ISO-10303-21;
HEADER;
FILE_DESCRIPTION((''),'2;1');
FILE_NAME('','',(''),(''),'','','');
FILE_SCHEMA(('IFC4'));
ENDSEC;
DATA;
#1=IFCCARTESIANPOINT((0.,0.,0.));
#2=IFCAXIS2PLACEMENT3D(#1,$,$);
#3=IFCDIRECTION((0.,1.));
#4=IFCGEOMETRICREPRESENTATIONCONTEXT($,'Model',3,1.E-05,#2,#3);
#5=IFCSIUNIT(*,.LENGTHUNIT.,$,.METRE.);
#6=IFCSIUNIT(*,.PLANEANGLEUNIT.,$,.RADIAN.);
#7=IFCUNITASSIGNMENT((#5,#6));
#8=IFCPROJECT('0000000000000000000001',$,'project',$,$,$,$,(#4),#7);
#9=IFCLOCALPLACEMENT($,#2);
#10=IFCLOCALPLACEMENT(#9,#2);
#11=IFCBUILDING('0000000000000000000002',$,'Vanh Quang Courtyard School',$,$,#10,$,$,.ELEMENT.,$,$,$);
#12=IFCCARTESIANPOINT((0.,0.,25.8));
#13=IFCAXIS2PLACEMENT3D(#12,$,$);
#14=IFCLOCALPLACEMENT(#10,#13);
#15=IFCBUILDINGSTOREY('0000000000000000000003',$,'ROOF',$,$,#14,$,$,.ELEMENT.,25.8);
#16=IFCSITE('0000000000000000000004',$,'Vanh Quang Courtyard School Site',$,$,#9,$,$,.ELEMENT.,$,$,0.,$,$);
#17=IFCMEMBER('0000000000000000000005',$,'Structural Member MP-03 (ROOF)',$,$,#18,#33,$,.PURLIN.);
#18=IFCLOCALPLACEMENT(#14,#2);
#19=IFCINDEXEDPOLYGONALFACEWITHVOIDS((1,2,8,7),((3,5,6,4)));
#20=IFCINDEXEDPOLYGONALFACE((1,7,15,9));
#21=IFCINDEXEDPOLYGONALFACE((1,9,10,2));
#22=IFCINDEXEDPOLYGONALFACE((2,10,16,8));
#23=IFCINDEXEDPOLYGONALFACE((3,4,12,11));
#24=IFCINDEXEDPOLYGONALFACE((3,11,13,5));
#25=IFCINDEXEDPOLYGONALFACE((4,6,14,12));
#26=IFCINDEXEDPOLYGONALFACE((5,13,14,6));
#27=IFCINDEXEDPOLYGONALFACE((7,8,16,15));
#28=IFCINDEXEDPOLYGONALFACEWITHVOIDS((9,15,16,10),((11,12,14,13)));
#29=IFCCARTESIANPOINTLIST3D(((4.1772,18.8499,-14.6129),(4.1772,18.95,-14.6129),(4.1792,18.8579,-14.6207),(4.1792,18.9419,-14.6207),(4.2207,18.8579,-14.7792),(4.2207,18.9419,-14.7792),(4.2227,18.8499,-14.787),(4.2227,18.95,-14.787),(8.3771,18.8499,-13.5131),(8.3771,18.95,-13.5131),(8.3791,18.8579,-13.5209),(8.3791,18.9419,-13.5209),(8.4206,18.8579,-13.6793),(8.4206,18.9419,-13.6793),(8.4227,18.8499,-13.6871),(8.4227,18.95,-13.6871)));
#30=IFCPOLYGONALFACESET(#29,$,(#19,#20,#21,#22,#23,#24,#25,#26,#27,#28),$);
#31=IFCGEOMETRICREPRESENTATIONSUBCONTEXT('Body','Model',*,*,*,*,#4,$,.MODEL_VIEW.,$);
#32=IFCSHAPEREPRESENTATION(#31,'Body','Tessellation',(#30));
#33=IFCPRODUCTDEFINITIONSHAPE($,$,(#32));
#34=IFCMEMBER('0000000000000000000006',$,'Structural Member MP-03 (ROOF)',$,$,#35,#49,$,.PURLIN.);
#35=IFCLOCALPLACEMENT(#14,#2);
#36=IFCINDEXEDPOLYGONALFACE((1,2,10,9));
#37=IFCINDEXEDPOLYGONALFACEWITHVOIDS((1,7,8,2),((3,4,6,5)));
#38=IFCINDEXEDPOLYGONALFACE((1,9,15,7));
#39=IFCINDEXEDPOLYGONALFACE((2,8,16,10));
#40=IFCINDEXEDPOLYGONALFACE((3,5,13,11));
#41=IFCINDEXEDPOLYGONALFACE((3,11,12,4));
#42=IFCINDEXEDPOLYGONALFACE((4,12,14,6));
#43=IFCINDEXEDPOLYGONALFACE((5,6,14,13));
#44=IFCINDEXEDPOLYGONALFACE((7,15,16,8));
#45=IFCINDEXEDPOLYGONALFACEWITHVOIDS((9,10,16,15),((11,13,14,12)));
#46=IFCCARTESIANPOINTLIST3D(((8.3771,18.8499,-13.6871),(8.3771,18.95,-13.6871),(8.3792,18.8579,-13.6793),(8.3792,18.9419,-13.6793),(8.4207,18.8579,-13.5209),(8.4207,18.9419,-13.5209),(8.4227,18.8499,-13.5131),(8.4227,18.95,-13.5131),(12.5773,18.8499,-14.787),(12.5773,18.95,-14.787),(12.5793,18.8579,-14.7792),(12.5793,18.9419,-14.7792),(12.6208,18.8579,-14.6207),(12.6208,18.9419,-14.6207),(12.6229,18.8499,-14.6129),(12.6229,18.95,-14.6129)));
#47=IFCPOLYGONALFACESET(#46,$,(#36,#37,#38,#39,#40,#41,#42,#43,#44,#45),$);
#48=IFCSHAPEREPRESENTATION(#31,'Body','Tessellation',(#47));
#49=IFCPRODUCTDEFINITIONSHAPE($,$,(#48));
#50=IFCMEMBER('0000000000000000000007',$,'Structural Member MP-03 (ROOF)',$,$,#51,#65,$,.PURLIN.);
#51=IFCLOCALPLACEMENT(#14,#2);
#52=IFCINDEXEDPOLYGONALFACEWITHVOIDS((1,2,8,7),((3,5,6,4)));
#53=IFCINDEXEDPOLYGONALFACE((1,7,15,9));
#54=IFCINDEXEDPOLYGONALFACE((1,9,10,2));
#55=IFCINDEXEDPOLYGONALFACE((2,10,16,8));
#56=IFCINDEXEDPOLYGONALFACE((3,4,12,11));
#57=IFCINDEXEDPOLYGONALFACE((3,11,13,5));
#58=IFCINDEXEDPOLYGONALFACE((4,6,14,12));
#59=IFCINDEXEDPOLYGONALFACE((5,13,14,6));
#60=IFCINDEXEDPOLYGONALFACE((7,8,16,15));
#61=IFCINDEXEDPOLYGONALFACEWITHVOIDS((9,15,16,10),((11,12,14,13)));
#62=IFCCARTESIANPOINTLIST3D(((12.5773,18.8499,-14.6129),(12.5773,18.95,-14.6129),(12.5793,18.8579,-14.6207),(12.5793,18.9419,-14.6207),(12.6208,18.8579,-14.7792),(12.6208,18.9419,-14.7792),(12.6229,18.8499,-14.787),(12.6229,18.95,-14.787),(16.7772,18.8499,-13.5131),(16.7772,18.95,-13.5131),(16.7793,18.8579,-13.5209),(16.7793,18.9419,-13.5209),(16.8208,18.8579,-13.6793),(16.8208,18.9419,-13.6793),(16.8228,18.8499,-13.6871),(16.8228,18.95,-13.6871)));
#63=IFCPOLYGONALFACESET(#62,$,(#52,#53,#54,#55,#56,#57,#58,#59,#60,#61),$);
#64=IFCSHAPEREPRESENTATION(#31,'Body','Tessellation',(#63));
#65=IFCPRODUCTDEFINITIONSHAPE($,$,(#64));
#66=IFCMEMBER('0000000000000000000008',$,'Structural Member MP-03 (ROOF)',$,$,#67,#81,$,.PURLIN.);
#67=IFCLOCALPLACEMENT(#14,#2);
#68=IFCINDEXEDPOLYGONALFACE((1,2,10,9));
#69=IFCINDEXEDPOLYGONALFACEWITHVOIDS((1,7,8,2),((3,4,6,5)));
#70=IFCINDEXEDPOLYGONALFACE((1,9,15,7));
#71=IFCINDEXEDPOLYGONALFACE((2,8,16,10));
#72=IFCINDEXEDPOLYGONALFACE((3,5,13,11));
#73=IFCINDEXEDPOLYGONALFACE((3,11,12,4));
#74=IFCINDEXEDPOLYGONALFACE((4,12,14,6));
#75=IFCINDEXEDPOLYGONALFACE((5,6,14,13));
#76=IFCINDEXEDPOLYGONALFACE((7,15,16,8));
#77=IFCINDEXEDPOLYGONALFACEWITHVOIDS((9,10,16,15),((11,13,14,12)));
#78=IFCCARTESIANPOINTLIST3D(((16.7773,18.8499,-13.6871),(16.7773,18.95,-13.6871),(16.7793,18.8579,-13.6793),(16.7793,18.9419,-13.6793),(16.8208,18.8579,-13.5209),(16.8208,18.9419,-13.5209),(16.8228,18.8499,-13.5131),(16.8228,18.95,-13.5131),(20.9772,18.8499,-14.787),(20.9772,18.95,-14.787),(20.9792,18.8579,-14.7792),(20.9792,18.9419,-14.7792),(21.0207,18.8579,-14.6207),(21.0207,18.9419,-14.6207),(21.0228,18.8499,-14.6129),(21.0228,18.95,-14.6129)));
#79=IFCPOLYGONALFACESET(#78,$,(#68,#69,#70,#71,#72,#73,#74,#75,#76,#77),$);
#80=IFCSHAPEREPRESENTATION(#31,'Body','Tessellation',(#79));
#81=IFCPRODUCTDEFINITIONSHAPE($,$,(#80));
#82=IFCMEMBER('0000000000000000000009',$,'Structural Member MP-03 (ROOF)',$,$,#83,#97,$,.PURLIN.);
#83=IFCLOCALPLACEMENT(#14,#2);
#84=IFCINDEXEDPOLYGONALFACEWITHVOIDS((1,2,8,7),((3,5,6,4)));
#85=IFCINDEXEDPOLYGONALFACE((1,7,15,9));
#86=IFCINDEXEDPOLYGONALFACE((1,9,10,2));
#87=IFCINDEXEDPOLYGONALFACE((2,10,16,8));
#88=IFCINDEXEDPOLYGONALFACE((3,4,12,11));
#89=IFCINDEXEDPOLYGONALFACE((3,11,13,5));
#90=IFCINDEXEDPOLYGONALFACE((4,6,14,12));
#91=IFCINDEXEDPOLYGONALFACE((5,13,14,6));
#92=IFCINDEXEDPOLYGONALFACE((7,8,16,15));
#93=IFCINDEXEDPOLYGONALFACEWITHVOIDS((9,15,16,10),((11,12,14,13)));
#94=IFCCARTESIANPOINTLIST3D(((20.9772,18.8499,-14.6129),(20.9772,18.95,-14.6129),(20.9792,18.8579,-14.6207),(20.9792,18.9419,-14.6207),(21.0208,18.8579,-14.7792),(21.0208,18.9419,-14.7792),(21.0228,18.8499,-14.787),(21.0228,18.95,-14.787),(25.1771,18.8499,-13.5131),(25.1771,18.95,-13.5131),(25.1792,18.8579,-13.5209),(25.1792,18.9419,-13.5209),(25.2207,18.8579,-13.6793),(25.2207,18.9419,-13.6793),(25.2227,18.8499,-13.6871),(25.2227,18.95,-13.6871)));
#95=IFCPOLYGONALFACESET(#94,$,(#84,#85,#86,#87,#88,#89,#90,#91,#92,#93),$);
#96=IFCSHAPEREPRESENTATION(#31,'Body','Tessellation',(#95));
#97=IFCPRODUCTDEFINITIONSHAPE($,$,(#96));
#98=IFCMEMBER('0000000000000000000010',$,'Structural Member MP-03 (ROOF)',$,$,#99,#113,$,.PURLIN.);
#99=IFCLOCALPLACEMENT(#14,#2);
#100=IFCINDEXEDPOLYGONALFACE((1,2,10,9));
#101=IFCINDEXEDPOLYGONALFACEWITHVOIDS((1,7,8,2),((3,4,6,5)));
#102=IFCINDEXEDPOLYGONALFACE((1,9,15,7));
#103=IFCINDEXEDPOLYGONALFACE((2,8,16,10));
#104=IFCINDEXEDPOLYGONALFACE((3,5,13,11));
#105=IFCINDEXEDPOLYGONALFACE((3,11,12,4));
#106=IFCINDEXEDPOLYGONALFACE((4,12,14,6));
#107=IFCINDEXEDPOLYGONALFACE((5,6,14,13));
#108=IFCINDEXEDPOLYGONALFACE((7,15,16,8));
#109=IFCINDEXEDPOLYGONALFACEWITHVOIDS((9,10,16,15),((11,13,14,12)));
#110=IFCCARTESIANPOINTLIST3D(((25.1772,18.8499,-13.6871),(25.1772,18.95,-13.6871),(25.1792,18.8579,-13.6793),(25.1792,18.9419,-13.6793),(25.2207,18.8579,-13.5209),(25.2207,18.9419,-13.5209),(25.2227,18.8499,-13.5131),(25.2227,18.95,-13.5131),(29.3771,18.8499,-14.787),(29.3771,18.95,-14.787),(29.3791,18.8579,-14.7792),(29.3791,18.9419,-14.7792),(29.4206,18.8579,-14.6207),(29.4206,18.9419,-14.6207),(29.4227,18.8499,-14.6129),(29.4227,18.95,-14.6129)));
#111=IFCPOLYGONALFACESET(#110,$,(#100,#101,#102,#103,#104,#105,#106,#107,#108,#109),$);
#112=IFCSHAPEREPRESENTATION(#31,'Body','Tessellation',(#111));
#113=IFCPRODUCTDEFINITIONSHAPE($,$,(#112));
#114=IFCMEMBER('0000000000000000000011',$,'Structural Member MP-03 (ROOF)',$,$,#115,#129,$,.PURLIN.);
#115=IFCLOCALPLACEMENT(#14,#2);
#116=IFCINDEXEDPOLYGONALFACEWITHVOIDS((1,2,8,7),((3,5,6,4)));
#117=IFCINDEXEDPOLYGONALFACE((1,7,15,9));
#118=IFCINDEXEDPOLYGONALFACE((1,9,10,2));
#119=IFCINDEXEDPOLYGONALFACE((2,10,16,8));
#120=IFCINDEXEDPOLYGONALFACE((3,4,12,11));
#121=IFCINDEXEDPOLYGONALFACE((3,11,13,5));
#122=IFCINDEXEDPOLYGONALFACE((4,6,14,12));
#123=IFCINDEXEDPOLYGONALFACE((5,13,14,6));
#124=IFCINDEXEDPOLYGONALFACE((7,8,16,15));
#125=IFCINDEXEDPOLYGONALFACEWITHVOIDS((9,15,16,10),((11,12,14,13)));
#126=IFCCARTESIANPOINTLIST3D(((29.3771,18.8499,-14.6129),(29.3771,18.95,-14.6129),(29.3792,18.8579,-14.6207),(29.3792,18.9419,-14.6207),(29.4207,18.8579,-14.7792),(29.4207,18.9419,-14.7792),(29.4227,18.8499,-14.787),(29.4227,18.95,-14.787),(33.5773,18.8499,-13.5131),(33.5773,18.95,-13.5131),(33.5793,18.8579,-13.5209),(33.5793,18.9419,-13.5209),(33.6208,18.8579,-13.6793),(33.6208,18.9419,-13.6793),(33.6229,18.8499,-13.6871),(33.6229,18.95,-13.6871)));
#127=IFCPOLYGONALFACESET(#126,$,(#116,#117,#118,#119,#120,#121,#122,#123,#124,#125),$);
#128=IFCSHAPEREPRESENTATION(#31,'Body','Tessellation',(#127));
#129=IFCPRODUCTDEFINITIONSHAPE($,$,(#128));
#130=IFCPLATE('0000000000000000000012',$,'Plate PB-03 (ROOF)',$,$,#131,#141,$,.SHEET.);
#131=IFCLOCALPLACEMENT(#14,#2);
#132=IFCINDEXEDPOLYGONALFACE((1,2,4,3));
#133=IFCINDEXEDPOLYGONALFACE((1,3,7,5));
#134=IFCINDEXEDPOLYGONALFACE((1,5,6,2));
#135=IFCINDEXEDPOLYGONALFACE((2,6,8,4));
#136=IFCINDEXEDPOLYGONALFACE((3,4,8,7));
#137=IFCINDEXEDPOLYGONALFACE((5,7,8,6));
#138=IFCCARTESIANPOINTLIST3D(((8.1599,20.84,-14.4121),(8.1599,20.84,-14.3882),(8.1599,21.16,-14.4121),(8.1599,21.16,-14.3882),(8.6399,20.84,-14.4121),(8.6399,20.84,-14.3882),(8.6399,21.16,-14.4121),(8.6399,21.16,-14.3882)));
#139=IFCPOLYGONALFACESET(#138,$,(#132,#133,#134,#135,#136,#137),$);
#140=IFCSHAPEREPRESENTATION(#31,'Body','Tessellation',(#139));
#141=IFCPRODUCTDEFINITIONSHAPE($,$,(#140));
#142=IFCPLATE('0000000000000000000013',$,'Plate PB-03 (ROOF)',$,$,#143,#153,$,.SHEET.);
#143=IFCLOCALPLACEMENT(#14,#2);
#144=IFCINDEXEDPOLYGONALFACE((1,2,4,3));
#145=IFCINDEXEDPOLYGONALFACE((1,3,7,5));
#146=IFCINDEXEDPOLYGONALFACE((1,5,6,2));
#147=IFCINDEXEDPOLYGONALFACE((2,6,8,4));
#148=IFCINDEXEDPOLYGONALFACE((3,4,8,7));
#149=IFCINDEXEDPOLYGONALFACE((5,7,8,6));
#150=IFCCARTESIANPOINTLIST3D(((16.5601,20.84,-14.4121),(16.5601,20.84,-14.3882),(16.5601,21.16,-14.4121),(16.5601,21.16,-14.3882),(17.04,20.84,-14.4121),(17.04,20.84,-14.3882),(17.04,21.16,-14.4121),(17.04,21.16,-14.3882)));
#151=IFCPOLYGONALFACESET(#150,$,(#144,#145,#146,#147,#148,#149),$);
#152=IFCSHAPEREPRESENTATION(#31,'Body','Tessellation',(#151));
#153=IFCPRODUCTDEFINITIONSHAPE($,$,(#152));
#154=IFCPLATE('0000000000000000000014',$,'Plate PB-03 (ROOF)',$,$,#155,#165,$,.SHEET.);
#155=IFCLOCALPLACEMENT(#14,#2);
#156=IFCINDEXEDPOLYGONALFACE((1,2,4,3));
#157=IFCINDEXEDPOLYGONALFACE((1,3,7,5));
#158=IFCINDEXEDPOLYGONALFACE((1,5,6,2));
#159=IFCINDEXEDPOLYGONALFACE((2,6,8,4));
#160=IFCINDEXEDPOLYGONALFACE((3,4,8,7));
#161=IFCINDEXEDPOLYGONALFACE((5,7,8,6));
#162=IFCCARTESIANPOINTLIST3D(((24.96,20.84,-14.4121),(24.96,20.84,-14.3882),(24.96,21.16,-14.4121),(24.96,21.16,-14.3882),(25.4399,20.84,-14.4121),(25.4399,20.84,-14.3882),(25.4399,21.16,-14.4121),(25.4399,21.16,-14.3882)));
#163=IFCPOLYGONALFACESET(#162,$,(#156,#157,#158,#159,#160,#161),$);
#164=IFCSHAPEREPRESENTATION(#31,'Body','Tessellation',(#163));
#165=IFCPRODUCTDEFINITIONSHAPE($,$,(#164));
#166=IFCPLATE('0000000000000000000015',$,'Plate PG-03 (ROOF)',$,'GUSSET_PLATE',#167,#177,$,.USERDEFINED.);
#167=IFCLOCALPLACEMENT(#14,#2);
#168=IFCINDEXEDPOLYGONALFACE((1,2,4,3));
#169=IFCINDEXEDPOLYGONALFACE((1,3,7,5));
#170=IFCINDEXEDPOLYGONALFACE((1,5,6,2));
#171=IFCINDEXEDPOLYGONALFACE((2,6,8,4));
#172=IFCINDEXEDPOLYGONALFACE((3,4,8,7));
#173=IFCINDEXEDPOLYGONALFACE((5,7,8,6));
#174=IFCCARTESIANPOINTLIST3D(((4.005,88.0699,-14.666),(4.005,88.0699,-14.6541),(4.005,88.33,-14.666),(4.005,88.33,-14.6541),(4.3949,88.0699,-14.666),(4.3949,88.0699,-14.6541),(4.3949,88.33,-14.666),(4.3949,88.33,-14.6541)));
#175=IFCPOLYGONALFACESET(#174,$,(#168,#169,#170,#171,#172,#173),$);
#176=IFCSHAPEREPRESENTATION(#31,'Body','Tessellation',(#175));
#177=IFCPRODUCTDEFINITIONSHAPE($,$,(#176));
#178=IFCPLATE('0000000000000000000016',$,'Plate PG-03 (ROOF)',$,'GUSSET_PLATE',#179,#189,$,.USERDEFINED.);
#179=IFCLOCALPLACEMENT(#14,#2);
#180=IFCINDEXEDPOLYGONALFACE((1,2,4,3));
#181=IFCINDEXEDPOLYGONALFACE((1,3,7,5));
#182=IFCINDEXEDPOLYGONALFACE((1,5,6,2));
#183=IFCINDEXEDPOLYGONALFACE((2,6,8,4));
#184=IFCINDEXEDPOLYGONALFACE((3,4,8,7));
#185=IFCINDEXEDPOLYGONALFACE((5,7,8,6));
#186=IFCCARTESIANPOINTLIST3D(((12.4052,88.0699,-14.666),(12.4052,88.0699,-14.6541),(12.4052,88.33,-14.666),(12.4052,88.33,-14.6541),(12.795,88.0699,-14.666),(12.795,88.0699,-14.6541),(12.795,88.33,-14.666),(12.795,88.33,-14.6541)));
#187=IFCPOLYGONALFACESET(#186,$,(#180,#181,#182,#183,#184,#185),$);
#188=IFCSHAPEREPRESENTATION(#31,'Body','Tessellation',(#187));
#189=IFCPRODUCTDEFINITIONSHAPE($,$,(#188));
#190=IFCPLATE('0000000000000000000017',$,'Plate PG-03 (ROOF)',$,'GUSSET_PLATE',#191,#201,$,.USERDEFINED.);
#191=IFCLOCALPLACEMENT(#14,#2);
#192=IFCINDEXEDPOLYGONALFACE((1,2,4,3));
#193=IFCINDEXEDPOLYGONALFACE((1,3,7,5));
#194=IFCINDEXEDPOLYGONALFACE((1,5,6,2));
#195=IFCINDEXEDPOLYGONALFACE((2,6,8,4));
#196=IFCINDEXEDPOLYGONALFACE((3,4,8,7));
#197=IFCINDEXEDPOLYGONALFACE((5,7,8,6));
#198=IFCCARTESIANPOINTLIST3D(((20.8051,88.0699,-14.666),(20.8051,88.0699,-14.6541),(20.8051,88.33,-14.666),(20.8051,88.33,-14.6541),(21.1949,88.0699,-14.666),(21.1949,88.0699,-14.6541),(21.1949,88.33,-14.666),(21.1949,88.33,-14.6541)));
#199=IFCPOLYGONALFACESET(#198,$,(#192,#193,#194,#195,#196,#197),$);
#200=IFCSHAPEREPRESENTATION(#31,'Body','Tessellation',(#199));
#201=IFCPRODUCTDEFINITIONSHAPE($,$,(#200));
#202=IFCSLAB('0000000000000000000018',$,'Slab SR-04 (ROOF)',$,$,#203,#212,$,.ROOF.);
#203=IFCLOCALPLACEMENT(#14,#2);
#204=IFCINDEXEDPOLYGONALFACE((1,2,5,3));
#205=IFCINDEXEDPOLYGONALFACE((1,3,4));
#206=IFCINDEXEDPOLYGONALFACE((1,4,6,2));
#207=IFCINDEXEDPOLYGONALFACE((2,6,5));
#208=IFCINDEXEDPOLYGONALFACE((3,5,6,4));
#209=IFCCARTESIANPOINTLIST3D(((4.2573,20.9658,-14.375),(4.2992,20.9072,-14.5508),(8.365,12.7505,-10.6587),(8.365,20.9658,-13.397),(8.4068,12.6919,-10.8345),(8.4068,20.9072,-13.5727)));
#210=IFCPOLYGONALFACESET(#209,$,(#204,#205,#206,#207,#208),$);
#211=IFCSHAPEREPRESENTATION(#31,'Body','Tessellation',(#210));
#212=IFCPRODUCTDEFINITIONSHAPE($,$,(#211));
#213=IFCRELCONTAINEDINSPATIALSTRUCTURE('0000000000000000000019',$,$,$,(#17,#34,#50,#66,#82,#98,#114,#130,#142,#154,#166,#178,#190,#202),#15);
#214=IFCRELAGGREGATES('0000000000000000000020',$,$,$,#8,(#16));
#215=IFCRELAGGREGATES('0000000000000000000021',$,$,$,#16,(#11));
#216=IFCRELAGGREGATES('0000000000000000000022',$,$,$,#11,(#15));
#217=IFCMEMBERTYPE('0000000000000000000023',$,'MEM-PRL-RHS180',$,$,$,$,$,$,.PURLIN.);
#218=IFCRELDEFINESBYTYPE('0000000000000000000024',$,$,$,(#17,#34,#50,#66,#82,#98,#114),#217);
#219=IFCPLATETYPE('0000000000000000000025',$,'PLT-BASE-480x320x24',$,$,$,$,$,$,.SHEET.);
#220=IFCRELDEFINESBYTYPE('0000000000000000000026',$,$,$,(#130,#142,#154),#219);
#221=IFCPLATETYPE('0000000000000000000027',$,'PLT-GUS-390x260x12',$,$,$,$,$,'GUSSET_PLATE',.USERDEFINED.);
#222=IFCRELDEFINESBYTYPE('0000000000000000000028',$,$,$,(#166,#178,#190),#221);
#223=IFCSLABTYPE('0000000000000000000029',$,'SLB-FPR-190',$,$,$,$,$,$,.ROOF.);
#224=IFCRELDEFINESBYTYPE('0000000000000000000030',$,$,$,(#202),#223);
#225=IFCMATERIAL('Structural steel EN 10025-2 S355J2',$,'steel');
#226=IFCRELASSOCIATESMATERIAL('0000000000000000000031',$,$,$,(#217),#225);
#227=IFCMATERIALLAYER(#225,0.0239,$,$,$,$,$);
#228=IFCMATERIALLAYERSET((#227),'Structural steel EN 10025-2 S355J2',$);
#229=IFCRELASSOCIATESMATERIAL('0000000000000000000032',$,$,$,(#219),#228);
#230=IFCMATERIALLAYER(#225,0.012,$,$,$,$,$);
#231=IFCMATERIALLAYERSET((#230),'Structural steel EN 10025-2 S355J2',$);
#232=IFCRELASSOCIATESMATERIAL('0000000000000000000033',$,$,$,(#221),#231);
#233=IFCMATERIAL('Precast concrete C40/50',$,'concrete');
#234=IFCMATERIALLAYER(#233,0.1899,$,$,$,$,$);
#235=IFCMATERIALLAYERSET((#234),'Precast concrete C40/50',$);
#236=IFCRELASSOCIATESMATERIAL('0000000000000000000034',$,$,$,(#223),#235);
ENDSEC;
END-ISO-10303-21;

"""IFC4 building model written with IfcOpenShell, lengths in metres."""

from ifc_helpers import new_model, si_unit, direction, frame, origin, origin_2d, place, context, subcontext, project, spatial, polyline, rectangle, hollow_rectangle, outline, extrude, material, layer, layer_set, material_profile, profile_set, type_object, element, save


model = new_model("IFC4")

# Units and contexts
model_context = context("Model", 3, precision=1e-05, world=origin(), true_north=direction((0.0, 1.0)))
body_context = subcontext(model_context, "Body", "Model", "MODEL_VIEW")
ifc_project = project(units=[si_unit("LENGTHUNIT", "METRE"), si_unit("PLANEANGLEUNIT", "RADIAN")], contexts=[model_context])

# Site, building, storey
site_placement = place(None, origin())
site = spatial("IfcSite", under=ifc_project, at=site_placement, Name="Vanh Quang Courtyard School Site", CompositionType="ELEMENT", RefElevation=0.0)
building_placement = place(site_placement, origin())
building = spatial("IfcBuilding", under=site, at=building_placement, Name="Vanh Quang Courtyard School", CompositionType="ELEMENT")
storey_placement = place(building_placement, frame((0.0, 0.0, 25.8)))
storey = spatial("IfcBuildingStorey", under=building, at=storey_placement, Name="ROOF", CompositionType="ELEMENT", Elevation=25.8)

# Members
ifc_material_1 = material(Name="Structural steel EN 10025-2 S355J2", Category="steel")
ifc_material_profile_1 = material_profile(ifc_material_1, hollow_rectangle(XDim=0.1001, YDim=0.1799, WallThickness=0.0081, at=origin_2d()), Name="RHS 180x100x8")
ifc_profile_set_1 = profile_set([ifc_material_profile_1], Name="Structural steel EN 10025-2 S355J2")
member_type_1 = type_object("IfcMemberType", Name="MEM-PRL-RHS180", PredefinedType="PURLIN", material=ifc_profile_set_1)
member_1_placement = place(storey_placement, frame((4.2, 18.8999, -14.7), z_axis=(0.96738, 0.0, 0.253331), x_axis=(0.0, 1.0, 0.0)))
element("IfcMember", 1, at=member_1_placement, inside=storey, type_object=member_type_1, Name="Structural Member MP-03 (ROOF)", PredefinedType="PURLIN", context=body_context, shape_type="SweptSolid", body=[
    extrude(hollow_rectangle(XDim=0.1001, YDim=0.1799, WallThickness=0.0081, at=origin_2d()), origin(), (0.0, 0.0, 1.0), 4.3416),
])
member_2_placement = place(storey_placement, frame((8.3999, 18.8999, -13.6001), z_axis=(0.967383, 0.0, -0.253317), x_axis=(0.0, 1.0, 0.0)))
element("IfcMember", 2, at=member_2_placement, inside=storey, type_object=member_type_1, Name="Structural Member MP-03 (ROOF)", PredefinedType="PURLIN", context=body_context, shape_type="SweptSolid", body=[
    extrude(hollow_rectangle(XDim=0.1001, YDim=0.1799, WallThickness=0.0081, at=origin_2d()), origin(), (0.0, 0.0, 1.0), 4.3418),
])
for number, where, z_axis, x_axis, name in (
    (3, (12.6001, 18.8999, -14.7), (0.96738, 0.0, 0.253331), (0.0, 1.0, 0.0), "Structural Member MP-03 (ROOF)"),
    (4, (16.8, 18.8999, -13.6001), (0.96738, 0.0, -0.253331), (0.0, 1.0, 0.0), "Structural Member MP-03 (ROOF)"),
    (5, (21.0, 18.8999, -14.7), (0.96738, 0.0, 0.253331), (0.0, 1.0, 0.0), "Structural Member MP-03 (ROOF)"),
    (6, (25.2, 18.8999, -13.6001), (0.96738, 0.0, -0.253331), (0.0, 1.0, 0.0), "Structural Member MP-03 (ROOF)"),
):
    element("IfcMember", number, at=place(storey_placement, frame(where, z_axis=z_axis, x_axis=x_axis)), inside=storey, type_object=member_type_1, Name=name, PredefinedType="PURLIN", context=body_context, shape_type="SweptSolid", body=[
        extrude(hollow_rectangle(XDim=0.1001, YDim=0.1799, WallThickness=0.0081, at=origin_2d()), origin(), (0.0, 0.0, 1.0), 4.3416),
    ])
member_3_placement = place(storey_placement, frame((29.3999, 18.8999, -14.7), z_axis=(0.967383, 0.0, 0.253317), x_axis=(0.0, 1.0, 0.0)))
element("IfcMember", 7, at=member_3_placement, inside=storey, type_object=member_type_1, Name="Structural Member MP-03 (ROOF)", PredefinedType="PURLIN", context=body_context, shape_type="SweptSolid", body=[
    extrude(hollow_rectangle(XDim=0.1001, YDim=0.1799, WallThickness=0.0081, at=origin_2d()), origin(), (0.0, 0.0, 1.0), 4.3418),
])

# Plates
ifc_layer_1 = layer(ifc_material_1, 0.0239)
ifc_layer_set_1 = layer_set([ifc_layer_1], Name="Structural steel EN 10025-2 S355J2")
plate_type_1 = type_object("IfcPlateType", Name="PLT-BASE-480x320x24", PredefinedType="SHEET", material=ifc_layer_set_1)
for number, where, z_axis, x_axis, name in (
    (8, (8.3999, 21.0, -14.4121), (0.0, 0.0, 1.0), (1.0, 0.0, 0.0), "Plate PB-03 (ROOF)"),
    (9, (16.8, 21.0, -14.4121), (0.0, 0.0, 1.0), (1.0, 0.0, 0.0), "Plate PB-03 (ROOF)"),
    (10, (25.2, 21.0, -14.4121), (0.0, 0.0, 1.0), (1.0, 0.0, 0.0), "Plate PB-03 (ROOF)"),
):
    element("IfcPlate", number, at=place(storey_placement, frame(where, z_axis=z_axis, x_axis=x_axis)), inside=storey, type_object=plate_type_1, Name=name, PredefinedType="SHEET", context=body_context, shape_type="SweptSolid", body=[
        extrude(rectangle(XDim=0.48, YDim=0.3201, at=origin_2d()), origin(), (0.0, 0.0, 1.0), 0.0239),
    ])
ifc_layer_2 = layer(ifc_material_1, 0.012)
ifc_layer_set_2 = layer_set([ifc_layer_2], Name="Structural steel EN 10025-2 S355J2")
plate_type_2 = type_object("IfcPlateType", Name="PLT-GUS-390x260x12", ElementType="GUSSET_PLATE", PredefinedType="USERDEFINED", material=ifc_layer_set_2)
for number, where, z_axis, x_axis, name in (
    (11, (4.2, 88.2, -14.666), (0.0, 0.0, 1.0), (1.0, 0.0, 0.0), "Plate PG-03 (ROOF)"),
    (12, (12.6001, 88.2, -14.666), (0.0, 0.0, 1.0), (1.0, 0.0, 0.0), "Plate PG-03 (ROOF)"),
    (13, (21.0, 88.2, -14.666), (0.0, 0.0, 1.0), (1.0, 0.0, 0.0), "Plate PG-03 (ROOF)"),
):
    element("IfcPlate", number, at=place(storey_placement, frame(where, z_axis=z_axis, x_axis=x_axis)), inside=storey, type_object=plate_type_2, Name=name, ObjectType="GUSSET_PLATE", PredefinedType="USERDEFINED", context=body_context, shape_type="SweptSolid", body=[
        extrude(rectangle(XDim=0.3899, YDim=0.26, at=origin_2d()), origin(), (0.0, 0.0, 1.0), 0.012),
    ])

# Slab
ifc_material_2 = material(Name="Precast concrete C40/50", Category="concrete")
ifc_layer_3 = layer(ifc_material_2, 0.1899)
ifc_layer_set_3 = layer_set([ifc_layer_3], Name="Precast concrete C40/50")
slab_type = type_object("IfcSlabType", Name="SLB-FPR-190", PredefinedType="ROOF", material=ifc_layer_set_3)
for number, where, z_axis, x_axis, name in (
    (14, (8.365, 12.7505, -10.6587), (-0.22033, 0.30844, 0.925375), (-0.414566, 0.829132, -0.375068), "Slab SR-04 (ROOF)"),
):
    element("IfcSlab", number, at=place(storey_placement, frame(where, z_axis=z_axis, x_axis=x_axis)), inside=storey, type_object=slab_type, Name=name, PredefinedType="ROOF", context=body_context, shape_type="SweptSolid", body=[
        extrude(outline(polyline([(0.0, 0.0), (9.9084, 0.0), (7.8386, -3.6804), (0.0, 0.0)])), origin(), (0.0, 0.0, -1.0), 0.1899),
    ])

save(model, "model.ifc")
